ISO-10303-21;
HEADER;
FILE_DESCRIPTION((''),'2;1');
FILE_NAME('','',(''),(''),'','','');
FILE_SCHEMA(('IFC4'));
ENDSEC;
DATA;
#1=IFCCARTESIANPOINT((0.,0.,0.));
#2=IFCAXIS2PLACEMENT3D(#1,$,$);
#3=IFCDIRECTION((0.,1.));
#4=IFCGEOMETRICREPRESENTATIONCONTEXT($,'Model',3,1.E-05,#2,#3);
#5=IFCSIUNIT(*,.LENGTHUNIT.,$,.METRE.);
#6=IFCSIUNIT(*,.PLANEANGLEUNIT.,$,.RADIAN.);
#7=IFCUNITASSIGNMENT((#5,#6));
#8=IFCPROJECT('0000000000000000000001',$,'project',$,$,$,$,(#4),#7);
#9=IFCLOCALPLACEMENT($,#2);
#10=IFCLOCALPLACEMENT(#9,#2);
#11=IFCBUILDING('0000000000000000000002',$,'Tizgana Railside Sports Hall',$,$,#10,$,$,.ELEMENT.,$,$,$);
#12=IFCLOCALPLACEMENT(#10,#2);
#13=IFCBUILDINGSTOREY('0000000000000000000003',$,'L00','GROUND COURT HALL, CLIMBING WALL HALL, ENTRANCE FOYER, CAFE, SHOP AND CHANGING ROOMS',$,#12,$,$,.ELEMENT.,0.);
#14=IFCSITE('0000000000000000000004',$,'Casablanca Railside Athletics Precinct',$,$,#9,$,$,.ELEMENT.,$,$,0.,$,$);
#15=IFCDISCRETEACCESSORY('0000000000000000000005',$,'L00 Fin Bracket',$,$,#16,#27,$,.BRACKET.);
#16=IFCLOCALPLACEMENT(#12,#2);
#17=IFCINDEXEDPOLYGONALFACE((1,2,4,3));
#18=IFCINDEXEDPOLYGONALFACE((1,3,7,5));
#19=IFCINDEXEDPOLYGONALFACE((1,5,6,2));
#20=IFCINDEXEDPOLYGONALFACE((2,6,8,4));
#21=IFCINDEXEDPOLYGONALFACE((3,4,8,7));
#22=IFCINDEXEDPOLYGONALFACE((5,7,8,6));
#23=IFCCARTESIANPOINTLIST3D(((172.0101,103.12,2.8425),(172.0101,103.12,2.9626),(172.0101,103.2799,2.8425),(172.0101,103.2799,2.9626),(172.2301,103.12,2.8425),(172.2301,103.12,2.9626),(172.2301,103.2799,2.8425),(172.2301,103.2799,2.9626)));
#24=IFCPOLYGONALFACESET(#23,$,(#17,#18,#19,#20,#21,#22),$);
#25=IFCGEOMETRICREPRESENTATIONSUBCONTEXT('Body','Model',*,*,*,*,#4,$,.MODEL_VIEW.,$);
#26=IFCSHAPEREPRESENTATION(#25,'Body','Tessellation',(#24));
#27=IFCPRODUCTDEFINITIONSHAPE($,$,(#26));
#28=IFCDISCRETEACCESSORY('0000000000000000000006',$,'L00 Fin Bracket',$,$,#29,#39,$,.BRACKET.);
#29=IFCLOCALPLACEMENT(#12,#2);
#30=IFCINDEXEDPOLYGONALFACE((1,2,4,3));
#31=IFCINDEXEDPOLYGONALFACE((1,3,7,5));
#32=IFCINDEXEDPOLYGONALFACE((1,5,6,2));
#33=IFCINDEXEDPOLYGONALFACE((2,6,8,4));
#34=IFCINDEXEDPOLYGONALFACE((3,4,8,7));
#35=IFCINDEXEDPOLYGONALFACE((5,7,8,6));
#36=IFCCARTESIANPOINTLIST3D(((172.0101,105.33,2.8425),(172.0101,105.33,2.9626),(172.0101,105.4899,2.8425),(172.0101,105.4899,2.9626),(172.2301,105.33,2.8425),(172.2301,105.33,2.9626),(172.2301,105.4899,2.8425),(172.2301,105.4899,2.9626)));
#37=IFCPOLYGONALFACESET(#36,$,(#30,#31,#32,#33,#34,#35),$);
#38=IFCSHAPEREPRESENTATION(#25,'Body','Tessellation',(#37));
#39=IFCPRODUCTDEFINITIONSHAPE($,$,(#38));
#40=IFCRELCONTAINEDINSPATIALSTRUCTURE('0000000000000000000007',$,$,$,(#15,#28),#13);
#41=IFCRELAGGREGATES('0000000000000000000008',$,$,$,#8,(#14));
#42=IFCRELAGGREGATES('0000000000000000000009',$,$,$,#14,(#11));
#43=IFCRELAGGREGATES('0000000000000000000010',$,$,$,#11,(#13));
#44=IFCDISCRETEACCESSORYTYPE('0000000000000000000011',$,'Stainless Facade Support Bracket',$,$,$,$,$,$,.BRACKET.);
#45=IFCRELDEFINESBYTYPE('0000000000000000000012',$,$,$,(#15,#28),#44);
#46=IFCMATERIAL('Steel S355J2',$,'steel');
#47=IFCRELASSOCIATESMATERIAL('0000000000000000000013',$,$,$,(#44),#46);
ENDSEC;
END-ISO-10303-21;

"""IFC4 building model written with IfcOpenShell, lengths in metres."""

from ifc_helpers import new_model, si_unit, direction, frame, origin, origin_2d, place, context, subcontext, project, spatial, rectangle, extrude, material, type_object, element, save


model = new_model("IFC4")

# Units and contexts
model_context = context("Model", 3, precision=1e-05, world=origin(), true_north=direction((0.0, 1.0)))
body_context = subcontext(model_context, "Body", "Model", "MODEL_VIEW")
ifc_project = project(units=[si_unit("LENGTHUNIT", "METRE"), si_unit("PLANEANGLEUNIT", "RADIAN")], contexts=[model_context])

# Site, building, storey
site_placement = place(None, origin())
site = spatial("IfcSite", under=ifc_project, at=site_placement, Name="Casablanca Railside Athletics Precinct", CompositionType="ELEMENT", RefElevation=0.0)
building_placement = place(site_placement, origin())
building = spatial("IfcBuilding", under=site, at=building_placement, Name="Tizgana Railside Sports Hall", CompositionType="ELEMENT")
storey_placement = place(building_placement, origin())
storey = spatial("IfcBuildingStorey", under=building, at=storey_placement, Name="L00", Description="GROUND COURT HALL, CLIMBING WALL HALL, ENTRANCE FOYER, CAFE, SHOP AND CHANGING ROOMS", CompositionType="ELEMENT", Elevation=0.0)

# Discrete accessories
ifc_material_1 = material(Name="Steel S355J2", Category="steel")
discrete_accessory_type = type_object("IfcDiscreteAccessoryType", Name="Stainless Facade Support Bracket", PredefinedType="BRACKET", material=ifc_material_1)
for number, where, z_axis, x_axis, name in (
    (1, (172.1201, 103.2, 2.8425), (0.0, 0.0, 1.0), (0.0, 1.0, 0.0), "L00 Fin Bracket"),
    (2, (172.1201, 105.4099, 2.8425), (0.0, 0.0, 1.0), (0.0, 1.0, 0.0), "L00 Fin Bracket"),
):
    element("IfcDiscreteAccessory", number, at=place(storey_placement, frame(where, z_axis=z_axis, x_axis=x_axis)), inside=storey, type_object=discrete_accessory_type, Name=name, PredefinedType="BRACKET", context=body_context, shape_type="SweptSolid", body=[
        extrude(rectangle(XDim=0.1599, YDim=0.22, at=origin_2d()), origin(), (0.0, 0.0, 1.0), 0.1201),
    ])

save(model, "model.ifc")
